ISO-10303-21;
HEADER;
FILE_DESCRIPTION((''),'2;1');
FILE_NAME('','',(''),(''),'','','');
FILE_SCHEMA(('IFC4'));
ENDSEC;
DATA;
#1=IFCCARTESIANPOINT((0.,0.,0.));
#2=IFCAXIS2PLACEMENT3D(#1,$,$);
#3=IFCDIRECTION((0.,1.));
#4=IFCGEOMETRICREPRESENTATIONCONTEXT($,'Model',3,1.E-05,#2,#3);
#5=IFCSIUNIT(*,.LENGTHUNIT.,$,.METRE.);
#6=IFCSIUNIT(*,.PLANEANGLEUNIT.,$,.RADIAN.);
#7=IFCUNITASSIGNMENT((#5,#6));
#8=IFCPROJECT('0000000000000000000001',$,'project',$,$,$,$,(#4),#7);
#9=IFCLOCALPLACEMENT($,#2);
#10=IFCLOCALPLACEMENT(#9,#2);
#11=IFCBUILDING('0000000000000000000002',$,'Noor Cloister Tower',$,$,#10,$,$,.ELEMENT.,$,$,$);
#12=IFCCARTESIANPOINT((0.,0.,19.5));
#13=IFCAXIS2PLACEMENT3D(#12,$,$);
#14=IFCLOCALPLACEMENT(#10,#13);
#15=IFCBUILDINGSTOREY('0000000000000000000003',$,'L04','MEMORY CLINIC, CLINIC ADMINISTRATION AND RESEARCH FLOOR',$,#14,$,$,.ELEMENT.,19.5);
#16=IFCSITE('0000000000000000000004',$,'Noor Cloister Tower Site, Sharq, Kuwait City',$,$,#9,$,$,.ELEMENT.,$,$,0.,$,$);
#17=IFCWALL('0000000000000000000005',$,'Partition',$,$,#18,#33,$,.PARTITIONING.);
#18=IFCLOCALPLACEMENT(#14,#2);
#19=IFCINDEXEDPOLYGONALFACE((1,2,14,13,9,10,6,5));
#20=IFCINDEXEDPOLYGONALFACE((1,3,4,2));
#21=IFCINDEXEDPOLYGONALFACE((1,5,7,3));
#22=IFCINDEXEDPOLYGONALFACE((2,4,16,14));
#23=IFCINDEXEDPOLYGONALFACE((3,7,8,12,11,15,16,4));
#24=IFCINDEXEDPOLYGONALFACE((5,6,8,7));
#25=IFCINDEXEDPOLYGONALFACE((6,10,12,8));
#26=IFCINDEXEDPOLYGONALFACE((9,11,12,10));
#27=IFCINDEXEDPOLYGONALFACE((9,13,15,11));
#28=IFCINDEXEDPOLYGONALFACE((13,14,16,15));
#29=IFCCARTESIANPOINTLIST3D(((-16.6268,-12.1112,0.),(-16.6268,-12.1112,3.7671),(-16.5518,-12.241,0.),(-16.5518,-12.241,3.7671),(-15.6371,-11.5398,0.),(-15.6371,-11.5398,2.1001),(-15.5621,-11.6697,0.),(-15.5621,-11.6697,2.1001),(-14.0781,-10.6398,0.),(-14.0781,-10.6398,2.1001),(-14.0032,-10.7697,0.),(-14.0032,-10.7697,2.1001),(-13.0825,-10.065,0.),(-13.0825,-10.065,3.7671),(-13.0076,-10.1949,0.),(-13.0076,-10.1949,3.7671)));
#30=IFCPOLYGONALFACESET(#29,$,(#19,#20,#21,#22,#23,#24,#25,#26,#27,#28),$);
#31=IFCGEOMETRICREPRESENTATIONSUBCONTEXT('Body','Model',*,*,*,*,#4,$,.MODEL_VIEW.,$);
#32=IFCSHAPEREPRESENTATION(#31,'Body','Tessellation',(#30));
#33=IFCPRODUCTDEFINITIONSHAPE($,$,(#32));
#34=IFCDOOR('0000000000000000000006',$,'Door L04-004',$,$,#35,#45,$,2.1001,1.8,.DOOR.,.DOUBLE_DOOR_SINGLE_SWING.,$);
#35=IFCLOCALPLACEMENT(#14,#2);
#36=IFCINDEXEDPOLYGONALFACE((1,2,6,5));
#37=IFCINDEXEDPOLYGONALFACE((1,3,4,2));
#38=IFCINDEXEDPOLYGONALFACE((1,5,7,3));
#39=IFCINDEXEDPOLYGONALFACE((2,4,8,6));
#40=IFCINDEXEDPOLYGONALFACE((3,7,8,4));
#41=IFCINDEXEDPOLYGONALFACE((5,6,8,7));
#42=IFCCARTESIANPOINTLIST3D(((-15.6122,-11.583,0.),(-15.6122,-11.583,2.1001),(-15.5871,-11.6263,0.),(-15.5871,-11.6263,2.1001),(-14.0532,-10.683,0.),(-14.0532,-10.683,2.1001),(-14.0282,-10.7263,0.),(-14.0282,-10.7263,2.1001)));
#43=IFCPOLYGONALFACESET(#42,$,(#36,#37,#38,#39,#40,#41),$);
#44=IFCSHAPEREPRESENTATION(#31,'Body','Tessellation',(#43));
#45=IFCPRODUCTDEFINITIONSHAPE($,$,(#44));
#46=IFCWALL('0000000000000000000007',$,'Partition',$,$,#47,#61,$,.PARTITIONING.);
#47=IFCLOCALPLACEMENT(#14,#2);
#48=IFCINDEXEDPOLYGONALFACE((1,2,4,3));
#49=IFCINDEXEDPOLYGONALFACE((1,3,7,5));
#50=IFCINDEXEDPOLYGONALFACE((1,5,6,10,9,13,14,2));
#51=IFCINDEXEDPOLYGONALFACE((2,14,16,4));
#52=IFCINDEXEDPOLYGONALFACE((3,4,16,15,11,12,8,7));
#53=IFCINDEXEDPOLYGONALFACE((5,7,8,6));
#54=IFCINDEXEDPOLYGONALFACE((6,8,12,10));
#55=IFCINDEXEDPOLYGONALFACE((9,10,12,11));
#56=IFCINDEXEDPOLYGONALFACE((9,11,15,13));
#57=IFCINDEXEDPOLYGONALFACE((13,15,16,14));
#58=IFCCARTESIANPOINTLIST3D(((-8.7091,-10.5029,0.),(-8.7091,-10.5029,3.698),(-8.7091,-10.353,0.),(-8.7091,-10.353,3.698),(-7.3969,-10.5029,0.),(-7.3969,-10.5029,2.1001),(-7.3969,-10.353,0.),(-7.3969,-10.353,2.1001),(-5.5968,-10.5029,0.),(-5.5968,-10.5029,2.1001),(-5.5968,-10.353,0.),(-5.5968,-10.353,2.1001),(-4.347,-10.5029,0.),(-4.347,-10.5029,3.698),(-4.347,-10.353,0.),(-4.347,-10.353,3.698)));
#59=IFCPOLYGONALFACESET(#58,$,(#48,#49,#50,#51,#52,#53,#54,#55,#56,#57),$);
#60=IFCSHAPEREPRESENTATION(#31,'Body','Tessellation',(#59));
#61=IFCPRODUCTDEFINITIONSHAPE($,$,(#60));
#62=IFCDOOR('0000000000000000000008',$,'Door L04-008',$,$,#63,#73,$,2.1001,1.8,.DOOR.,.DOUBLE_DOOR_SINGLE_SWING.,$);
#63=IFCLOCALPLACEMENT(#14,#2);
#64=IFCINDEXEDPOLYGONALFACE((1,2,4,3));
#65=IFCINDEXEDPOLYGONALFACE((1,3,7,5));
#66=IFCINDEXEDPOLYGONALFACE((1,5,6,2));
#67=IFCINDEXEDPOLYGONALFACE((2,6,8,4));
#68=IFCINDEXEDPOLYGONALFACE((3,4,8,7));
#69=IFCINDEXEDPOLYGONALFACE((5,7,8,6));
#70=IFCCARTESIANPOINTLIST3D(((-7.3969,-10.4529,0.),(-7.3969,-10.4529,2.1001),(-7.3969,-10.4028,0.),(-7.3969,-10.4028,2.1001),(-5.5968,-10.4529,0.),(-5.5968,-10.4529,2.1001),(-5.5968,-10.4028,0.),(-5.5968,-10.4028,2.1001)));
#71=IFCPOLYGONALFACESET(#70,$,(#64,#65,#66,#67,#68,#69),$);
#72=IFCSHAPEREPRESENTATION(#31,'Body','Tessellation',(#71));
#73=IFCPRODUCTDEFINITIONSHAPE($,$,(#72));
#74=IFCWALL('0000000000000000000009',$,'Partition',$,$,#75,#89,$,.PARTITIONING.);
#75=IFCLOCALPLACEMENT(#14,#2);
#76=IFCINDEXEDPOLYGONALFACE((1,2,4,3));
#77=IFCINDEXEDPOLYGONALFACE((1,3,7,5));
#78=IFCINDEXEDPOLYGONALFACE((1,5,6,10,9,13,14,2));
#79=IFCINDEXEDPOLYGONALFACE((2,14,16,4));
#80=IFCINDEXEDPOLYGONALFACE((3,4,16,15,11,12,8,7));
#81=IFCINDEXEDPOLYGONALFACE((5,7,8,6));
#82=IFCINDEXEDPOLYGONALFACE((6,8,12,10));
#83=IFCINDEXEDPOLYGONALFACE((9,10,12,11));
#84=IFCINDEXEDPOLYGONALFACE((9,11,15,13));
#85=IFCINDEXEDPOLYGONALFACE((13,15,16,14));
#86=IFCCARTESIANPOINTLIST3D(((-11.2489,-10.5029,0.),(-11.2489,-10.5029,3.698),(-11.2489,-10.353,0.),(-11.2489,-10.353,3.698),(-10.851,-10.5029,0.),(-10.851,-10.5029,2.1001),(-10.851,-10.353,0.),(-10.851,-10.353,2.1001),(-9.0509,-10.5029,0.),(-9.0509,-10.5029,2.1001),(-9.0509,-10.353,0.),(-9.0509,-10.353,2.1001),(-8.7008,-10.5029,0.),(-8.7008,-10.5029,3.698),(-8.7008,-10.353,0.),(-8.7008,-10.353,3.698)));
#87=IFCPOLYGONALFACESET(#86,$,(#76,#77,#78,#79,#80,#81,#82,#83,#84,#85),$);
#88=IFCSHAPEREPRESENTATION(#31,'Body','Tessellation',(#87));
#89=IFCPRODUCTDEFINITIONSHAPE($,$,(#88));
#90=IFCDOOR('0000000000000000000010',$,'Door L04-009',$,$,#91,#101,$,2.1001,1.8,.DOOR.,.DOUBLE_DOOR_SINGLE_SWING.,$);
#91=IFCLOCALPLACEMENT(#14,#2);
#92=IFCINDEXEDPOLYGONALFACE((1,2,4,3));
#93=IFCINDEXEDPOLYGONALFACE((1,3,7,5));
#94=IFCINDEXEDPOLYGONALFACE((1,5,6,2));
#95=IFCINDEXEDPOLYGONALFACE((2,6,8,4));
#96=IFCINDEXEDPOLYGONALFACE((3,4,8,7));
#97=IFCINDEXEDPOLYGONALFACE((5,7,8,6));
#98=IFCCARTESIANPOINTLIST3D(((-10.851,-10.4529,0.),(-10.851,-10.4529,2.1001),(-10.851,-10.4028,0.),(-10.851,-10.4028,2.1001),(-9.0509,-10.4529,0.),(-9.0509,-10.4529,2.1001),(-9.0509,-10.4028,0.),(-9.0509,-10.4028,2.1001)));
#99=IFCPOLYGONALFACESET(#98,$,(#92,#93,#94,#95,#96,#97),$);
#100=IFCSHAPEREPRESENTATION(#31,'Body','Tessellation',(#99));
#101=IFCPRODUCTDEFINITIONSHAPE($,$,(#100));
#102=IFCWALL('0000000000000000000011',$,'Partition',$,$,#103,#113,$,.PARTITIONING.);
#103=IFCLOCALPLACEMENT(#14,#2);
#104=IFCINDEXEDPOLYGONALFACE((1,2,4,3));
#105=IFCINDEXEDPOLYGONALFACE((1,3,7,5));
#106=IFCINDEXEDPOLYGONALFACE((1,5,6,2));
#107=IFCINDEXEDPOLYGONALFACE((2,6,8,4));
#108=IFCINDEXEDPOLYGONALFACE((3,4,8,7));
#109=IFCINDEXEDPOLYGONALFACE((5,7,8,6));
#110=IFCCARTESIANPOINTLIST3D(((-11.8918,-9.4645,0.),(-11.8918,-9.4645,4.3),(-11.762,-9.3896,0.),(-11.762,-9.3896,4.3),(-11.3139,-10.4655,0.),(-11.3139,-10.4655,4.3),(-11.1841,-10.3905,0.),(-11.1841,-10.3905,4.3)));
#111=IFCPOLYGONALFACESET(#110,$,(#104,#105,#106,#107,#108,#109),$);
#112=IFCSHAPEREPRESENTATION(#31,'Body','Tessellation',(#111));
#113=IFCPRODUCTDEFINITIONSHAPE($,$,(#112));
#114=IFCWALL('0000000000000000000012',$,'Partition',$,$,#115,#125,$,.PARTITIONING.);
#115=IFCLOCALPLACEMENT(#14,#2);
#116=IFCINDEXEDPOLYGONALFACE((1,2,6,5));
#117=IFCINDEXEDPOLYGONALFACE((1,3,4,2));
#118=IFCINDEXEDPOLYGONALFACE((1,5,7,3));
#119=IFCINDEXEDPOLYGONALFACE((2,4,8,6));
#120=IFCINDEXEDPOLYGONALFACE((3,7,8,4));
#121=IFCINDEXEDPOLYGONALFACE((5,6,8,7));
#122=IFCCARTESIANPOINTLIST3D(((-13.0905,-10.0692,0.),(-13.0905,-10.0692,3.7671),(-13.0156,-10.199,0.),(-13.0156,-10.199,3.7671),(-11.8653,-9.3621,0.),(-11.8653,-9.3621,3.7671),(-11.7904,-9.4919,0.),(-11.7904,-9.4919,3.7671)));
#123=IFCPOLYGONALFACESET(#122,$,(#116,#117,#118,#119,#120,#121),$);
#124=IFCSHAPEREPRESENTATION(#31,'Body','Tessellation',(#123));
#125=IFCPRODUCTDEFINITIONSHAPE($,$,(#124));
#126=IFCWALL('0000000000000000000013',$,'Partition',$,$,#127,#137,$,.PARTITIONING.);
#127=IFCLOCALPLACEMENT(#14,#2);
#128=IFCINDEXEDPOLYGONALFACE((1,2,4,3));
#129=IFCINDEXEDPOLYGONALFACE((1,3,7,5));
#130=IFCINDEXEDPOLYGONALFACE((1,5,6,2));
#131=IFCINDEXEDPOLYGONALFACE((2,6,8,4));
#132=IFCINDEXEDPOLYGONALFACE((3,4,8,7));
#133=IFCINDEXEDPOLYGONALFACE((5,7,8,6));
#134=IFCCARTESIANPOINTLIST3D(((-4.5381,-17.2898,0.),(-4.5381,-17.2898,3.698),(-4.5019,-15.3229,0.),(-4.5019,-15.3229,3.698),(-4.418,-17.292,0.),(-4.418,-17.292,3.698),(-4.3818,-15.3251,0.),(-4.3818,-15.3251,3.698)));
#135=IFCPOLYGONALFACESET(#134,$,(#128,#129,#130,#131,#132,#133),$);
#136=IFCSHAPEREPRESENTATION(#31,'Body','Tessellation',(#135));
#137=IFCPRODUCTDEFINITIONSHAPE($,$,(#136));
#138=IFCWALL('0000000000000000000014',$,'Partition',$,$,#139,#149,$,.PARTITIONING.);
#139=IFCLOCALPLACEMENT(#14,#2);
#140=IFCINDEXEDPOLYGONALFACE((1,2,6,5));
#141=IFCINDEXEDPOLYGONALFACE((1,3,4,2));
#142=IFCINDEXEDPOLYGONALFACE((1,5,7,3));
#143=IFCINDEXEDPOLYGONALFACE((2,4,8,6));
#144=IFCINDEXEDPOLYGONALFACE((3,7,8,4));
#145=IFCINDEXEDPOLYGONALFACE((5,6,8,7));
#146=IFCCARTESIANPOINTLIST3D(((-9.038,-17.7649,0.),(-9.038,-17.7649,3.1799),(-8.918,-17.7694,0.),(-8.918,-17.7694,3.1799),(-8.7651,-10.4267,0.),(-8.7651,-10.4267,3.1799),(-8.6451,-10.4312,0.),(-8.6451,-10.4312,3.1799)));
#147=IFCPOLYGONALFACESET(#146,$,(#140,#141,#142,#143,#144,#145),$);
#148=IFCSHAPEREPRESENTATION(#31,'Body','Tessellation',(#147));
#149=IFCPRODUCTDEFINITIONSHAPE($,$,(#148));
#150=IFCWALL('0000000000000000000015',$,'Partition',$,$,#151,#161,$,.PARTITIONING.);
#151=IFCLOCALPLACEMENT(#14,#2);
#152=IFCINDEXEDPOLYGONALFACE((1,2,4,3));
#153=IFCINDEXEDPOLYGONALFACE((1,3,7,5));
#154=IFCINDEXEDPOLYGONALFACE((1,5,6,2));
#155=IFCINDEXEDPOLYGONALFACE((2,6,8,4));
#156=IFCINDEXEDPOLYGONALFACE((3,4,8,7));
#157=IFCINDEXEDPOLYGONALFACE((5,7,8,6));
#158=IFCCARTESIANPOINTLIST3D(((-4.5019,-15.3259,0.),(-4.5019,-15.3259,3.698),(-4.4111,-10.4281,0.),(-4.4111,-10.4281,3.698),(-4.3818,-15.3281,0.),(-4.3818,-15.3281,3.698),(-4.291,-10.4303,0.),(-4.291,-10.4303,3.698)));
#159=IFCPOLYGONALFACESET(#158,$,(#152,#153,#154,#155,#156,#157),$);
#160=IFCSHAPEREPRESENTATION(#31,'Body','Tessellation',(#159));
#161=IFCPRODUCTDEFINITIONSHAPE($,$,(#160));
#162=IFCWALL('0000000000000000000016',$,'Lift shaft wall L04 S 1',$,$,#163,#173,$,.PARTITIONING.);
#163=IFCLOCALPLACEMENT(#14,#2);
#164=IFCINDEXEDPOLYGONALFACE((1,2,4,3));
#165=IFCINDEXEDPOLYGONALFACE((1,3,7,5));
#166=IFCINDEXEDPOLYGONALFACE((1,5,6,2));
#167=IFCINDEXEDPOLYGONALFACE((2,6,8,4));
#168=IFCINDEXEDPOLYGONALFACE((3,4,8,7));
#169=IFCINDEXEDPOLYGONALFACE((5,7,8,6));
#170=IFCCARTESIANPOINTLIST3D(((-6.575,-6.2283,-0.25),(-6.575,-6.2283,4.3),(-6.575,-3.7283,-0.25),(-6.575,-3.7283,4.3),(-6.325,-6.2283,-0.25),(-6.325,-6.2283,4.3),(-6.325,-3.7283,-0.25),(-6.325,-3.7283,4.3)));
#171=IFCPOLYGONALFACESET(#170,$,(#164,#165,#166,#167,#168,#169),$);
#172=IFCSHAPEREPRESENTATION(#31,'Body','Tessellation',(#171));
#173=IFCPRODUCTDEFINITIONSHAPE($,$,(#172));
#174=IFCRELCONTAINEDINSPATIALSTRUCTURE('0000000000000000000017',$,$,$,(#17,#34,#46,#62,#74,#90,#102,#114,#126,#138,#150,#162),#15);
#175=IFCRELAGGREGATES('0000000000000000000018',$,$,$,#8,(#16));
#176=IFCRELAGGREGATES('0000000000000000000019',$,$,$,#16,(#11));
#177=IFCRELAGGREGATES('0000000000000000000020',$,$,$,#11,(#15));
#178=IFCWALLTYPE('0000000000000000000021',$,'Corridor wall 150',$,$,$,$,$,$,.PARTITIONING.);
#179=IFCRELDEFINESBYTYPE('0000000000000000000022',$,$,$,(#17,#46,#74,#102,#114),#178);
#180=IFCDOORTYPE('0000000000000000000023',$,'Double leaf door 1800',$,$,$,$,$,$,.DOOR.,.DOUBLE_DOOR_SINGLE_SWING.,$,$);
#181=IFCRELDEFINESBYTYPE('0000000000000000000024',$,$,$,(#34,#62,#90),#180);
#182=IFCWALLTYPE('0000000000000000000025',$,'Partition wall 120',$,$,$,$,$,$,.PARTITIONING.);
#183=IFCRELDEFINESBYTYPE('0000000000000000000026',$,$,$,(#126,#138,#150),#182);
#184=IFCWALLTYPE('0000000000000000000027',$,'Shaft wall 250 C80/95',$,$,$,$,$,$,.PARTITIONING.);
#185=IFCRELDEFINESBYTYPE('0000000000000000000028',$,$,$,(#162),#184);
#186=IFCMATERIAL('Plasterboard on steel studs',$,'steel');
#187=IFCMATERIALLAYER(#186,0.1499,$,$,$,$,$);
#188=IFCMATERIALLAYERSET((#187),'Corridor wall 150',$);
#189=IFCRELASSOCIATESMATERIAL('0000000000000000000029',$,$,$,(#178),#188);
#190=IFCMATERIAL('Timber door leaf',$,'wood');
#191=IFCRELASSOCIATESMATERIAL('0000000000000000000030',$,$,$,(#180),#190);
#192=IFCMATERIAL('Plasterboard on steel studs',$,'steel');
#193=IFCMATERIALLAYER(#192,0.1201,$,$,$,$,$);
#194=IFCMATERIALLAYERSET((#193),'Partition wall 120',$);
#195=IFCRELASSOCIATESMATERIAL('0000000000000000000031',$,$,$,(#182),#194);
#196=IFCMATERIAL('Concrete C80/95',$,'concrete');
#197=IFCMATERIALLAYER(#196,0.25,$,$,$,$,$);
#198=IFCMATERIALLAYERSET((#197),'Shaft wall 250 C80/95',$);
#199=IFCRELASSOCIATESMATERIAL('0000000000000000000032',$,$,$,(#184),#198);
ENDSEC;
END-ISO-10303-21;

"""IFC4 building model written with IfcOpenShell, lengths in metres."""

from ifc_helpers import new_model, si_unit, direction, frame, frame_2d, origin, place, context, subcontext, project, spatial, rectangle, extrude, material, layer, layer_set, type_object, element, fill, save


model = new_model("IFC4")

# Units and contexts
model_context = context("Model", 3, precision=1e-05, world=origin(), true_north=direction((0.0, 1.0)))
body_context = subcontext(model_context, "Body", "Model", "MODEL_VIEW")
ifc_project = project(units=[si_unit("LENGTHUNIT", "METRE"), si_unit("PLANEANGLEUNIT", "RADIAN")], contexts=[model_context])

# Site, building, storey
site_placement = place(None, origin())
site = spatial("IfcSite", under=ifc_project, at=site_placement, Name="Noor Cloister Tower Site, Sharq, Kuwait City", CompositionType="ELEMENT", RefElevation=0.0)
building_placement = place(site_placement, origin())
building = spatial("IfcBuilding", under=site, at=building_placement, Name="Noor Cloister Tower", CompositionType="ELEMENT")
storey_placement = place(building_placement, frame((0.0, 0.0, 19.5)))
storey = spatial("IfcBuildingStorey", under=building, at=storey_placement, Name="L04", Description="MEMORY CLINIC, CLINIC ADMINISTRATION AND RESEARCH FLOOR", CompositionType="ELEMENT", Elevation=19.5)

# Walls, openings, doors
ifc_material_1 = material(Name="Plasterboard on steel studs", Category="steel")
ifc_layer_1 = layer(ifc_material_1, 0.1499)
ifc_layer_set_1 = layer_set([ifc_layer_1], Name="Corridor wall 150")
wall_type_1 = type_object("IfcWallType", Name="Corridor wall 150", PredefinedType="PARTITIONING", material=ifc_layer_set_1)
wall_1_placement = place(storey_placement, frame((-13.0449, -10.1299, 0.0), z_axis=(0.0, 0.0, 1.0), x_axis=(-0.866036, -0.499982, 0.0)))
wall_1 = element("IfcWall", 1, at=wall_1_placement, inside=storey, type_object=wall_type_1, Name="Partition", PredefinedType="PARTITIONING", context=body_context, shape_type="SweptSolid", body=[
    extrude(rectangle(XDim=4.0925, YDim=0.1499, at=frame_2d((2.0464, 0.0))), origin(), (0.0, 0.0, 1.0), 3.7671),
])
opening_1_placement = place(wall_1_placement, frame((1.1499, 0.0, 0.0)))
opening_1 = element("IfcOpeningElement", 2, at=opening_1_placement, cuts=wall_1, PredefinedType="OPENING", context=body_context, shape_type="SweptSolid", body=[
    extrude(rectangle(XDim=1.8, YDim=2.1001, at=frame_2d((0.8999, 1.05))), frame((0.0, 0.085, 0.0), z_axis=(0.0, -1.0, 0.0), x_axis=(1.0, 0.0, 0.0)), (0.0, 0.0, 1.0), 0.1699),
])
ifc_material_2 = material(Name="Timber door leaf", Category="wood")
door_type_1 = type_object("IfcDoorType", Name="Double leaf door 1800", OperationType="DOUBLE_DOOR_SINGLE_SWING", PredefinedType="DOOR", material=ifc_material_2)
door_1_placement = place(opening_1_placement, origin())
door_1 = element("IfcDoor", 3, at=door_1_placement, inside=storey, type_object=door_type_1, Name="Door L04-004", OperationType="DOUBLE_DOOR_SINGLE_SWING", OverallHeight=2.1001, OverallWidth=1.8, PredefinedType="DOOR", context=body_context, shape_type="SweptSolid", body=[
    extrude(rectangle(XDim=1.8, YDim=2.1001, at=frame_2d((0.8999, 1.05))), frame((0.0, 0.0249, 0.0), z_axis=(0.0, -1.0, 0.0), x_axis=(1.0, 0.0, 0.0)), (0.0, 0.0, 1.0), 0.05),
])
fill(opening_1, door_1)
wall_2_placement = place(storey_placement, frame((-4.3469, -10.428, 0.0), z_axis=(0.0, 0.0, 1.0), x_axis=(-1.0, 0.0, 0.0)))
wall_2 = element("IfcWall", 4, at=wall_2_placement, inside=storey, type_object=wall_type_1, Name="Partition", PredefinedType="PARTITIONING", context=body_context, shape_type="SweptSolid", body=[
    extrude(rectangle(XDim=4.3621, YDim=0.1499, at=frame_2d((2.1812, 0.0))), origin(), (0.0, 0.0, 1.0), 3.698),
])
opening_2_placement = place(wall_2_placement, frame((1.25, 0.0, 0.0)))
opening_2 = element("IfcOpeningElement", 5, at=opening_2_placement, cuts=wall_2, PredefinedType="OPENING", context=body_context, shape_type="SweptSolid", body=[
    extrude(rectangle(XDim=1.8, YDim=2.1001, at=frame_2d((0.8999, 1.05))), frame((0.0, 0.085, 0.0), z_axis=(0.0, -1.0, 0.0), x_axis=(1.0, 0.0, 0.0)), (0.0, 0.0, 1.0), 0.1699),
])
door_2_placement = place(opening_2_placement, origin())
door_2 = element("IfcDoor", 6, at=door_2_placement, inside=storey, type_object=door_type_1, Name="Door L04-008", OperationType="DOUBLE_DOOR_SINGLE_SWING", OverallHeight=2.1001, OverallWidth=1.8, PredefinedType="DOOR", context=body_context, shape_type="SweptSolid", body=[
    extrude(rectangle(XDim=1.8, YDim=2.1001, at=frame_2d((0.8999, 1.05))), frame((0.0, 0.0249, 0.0), z_axis=(0.0, -1.0, 0.0), x_axis=(1.0, 0.0, 0.0)), (0.0, 0.0, 1.0), 0.05),
])
fill(opening_2, door_2)
wall_3_placement = place(storey_placement, frame((-8.7009, -10.428, 0.0), z_axis=(0.0, 0.0, 1.0), x_axis=(-1.0, 0.0, 0.0)))
wall_3 = element("IfcWall", 7, at=wall_3_placement, inside=storey, type_object=wall_type_1, Name="Partition", PredefinedType="PARTITIONING", context=body_context, shape_type="SweptSolid", body=[
    extrude(rectangle(XDim=2.5481, YDim=0.1499, at=frame_2d((1.2739, 0.0))), origin(), (0.0, 0.0, 1.0), 3.698),
])
opening_3_placement = place(wall_3_placement, frame((0.3501, 0.0, 0.0)))
opening_3 = element("IfcOpeningElement", 8, at=opening_3_placement, cuts=wall_3, PredefinedType="OPENING", context=body_context, shape_type="SweptSolid", body=[
    extrude(rectangle(XDim=1.8, YDim=2.1001, at=frame_2d((0.8999, 1.05))), frame((0.0, 0.085, 0.0), z_axis=(0.0, -1.0, 0.0), x_axis=(1.0, 0.0, 0.0)), (0.0, 0.0, 1.0), 0.1699),
])
door_3_placement = place(opening_3_placement, origin())
door_3 = element("IfcDoor", 9, at=door_3_placement, inside=storey, type_object=door_type_1, Name="Door L04-009", OperationType="DOUBLE_DOOR_SINGLE_SWING", OverallHeight=2.1001, OverallWidth=1.8, PredefinedType="DOOR", context=body_context, shape_type="SweptSolid", body=[
    extrude(rectangle(XDim=1.8, YDim=2.1001, at=frame_2d((0.8999, 1.05))), frame((0.0, 0.0249, 0.0), z_axis=(0.0, -1.0, 0.0), x_axis=(1.0, 0.0, 0.0)), (0.0, 0.0, 1.0), 0.05),
])
fill(opening_3, door_3)

# Walls
wall_4_placement = place(storey_placement, frame((-11.249, -10.428, 0.0), z_axis=(0.0, 0.0, 1.0), x_axis=(-0.499978, 0.866038, 0.0)))
element("IfcWall", 10, at=wall_4_placement, inside=storey, type_object=wall_type_1, Name="Partition", PredefinedType="PARTITIONING", context=body_context, shape_type="SweptSolid", body=[
    extrude(rectangle(XDim=1.1558, YDim=0.1499, at=frame_2d((0.5779, 0.0))), origin(), (0.0, 0.0, 1.0), 4.3),
])
wall_5_placement = place(storey_placement, frame((-11.8279, -9.427, 0.0), z_axis=(0.0, 0.0, 1.0), x_axis=(-0.866111, -0.499852, 0.0)))
element("IfcWall", 11, at=wall_5_placement, inside=storey, type_object=wall_type_1, Name="Partition", PredefinedType="PARTITIONING", context=body_context, shape_type="SweptSolid", body=[
    extrude(rectangle(XDim=1.4146, YDim=0.1499, at=frame_2d((0.7073, 0.0))), origin(), (0.0, 0.0, 1.0), 3.7671),
])
ifc_material_3 = material(Name="Plasterboard on steel studs", Category="steel")
ifc_layer_2 = layer(ifc_material_3, 0.1201)
ifc_layer_set_2 = layer_set([ifc_layer_2], Name="Partition wall 120")
wall_type_2 = type_object("IfcWallType", Name="Partition wall 120", PredefinedType="PARTITIONING", material=ifc_layer_set_2)
wall_6_placement = place(storey_placement, frame((-4.4419, -15.324, 0.0), z_axis=(0.0, 0.0, 1.0), x_axis=(-0.018366, -0.999831, 0.0)))
element("IfcWall", 12, at=wall_6_placement, inside=storey, type_object=wall_type_2, Name="Partition", PredefinedType="PARTITIONING", context=body_context, shape_type="SweptSolid", body=[
    extrude(rectangle(XDim=1.9673, YDim=0.1201, at=frame_2d((0.9836, 0.0))), origin(), (0.0, 0.0, 1.0), 3.698),
])
wall_7_placement = place(storey_placement, frame((-8.7051, -10.429, 0.0), z_axis=(0.0, 0.0, 1.0), x_axis=(-0.03717, -0.999309, 0.0)))
element("IfcWall", 13, at=wall_7_placement, inside=storey, type_object=wall_type_2, Name="Partition", PredefinedType="PARTITIONING", context=body_context, shape_type="SweptSolid", body=[
    extrude(rectangle(XDim=7.3433, YDim=0.1201, at=frame_2d((3.6716, 0.0))), origin(), (0.0, 0.0, 1.0), 3.1799),
])
wall_8_placement = place(storey_placement, frame((-4.4419, -15.3269, 0.0), z_axis=(0.0, 0.0, 1.0), x_axis=(0.018539, 0.999828, 0.0)))
element("IfcWall", 14, at=wall_8_placement, inside=storey, type_object=wall_type_2, Name="Partition", PredefinedType="PARTITIONING", context=body_context, shape_type="SweptSolid", body=[
    extrude(rectangle(XDim=4.8987, YDim=0.1201, at=frame_2d((2.4492, 0.0))), origin(), (0.0, 0.0, 1.0), 3.698),
])
ifc_material_4 = material(Name="Concrete C80/95", Category="concrete")
ifc_layer_3 = layer(ifc_material_4, 0.25)
ifc_layer_set_3 = layer_set([ifc_layer_3], Name="Shaft wall 250 C80/95")
wall_type_3 = type_object("IfcWallType", Name="Shaft wall 250 C80/95", PredefinedType="PARTITIONING", material=ifc_layer_set_3)
for number, where, z_axis, x_axis, name in (
    (15, (-6.45, -6.2283, -0.25), (0.0, 0.0, 1.0), (0.0, 1.0, 0.0), "Lift shaft wall L04 S 1"),
):
    element("IfcWall", number, at=place(storey_placement, frame(where, z_axis=z_axis, x_axis=x_axis)), inside=storey, type_object=wall_type_3, Name=name, PredefinedType="PARTITIONING", context=body_context, shape_type="SweptSolid", body=[
        extrude(rectangle(XDim=2.5, YDim=0.25, at=frame_2d((1.25, 0.0))), origin(), (0.0, 0.0, 1.0), 4.55),
    ])

save(model, "model.ifc")
